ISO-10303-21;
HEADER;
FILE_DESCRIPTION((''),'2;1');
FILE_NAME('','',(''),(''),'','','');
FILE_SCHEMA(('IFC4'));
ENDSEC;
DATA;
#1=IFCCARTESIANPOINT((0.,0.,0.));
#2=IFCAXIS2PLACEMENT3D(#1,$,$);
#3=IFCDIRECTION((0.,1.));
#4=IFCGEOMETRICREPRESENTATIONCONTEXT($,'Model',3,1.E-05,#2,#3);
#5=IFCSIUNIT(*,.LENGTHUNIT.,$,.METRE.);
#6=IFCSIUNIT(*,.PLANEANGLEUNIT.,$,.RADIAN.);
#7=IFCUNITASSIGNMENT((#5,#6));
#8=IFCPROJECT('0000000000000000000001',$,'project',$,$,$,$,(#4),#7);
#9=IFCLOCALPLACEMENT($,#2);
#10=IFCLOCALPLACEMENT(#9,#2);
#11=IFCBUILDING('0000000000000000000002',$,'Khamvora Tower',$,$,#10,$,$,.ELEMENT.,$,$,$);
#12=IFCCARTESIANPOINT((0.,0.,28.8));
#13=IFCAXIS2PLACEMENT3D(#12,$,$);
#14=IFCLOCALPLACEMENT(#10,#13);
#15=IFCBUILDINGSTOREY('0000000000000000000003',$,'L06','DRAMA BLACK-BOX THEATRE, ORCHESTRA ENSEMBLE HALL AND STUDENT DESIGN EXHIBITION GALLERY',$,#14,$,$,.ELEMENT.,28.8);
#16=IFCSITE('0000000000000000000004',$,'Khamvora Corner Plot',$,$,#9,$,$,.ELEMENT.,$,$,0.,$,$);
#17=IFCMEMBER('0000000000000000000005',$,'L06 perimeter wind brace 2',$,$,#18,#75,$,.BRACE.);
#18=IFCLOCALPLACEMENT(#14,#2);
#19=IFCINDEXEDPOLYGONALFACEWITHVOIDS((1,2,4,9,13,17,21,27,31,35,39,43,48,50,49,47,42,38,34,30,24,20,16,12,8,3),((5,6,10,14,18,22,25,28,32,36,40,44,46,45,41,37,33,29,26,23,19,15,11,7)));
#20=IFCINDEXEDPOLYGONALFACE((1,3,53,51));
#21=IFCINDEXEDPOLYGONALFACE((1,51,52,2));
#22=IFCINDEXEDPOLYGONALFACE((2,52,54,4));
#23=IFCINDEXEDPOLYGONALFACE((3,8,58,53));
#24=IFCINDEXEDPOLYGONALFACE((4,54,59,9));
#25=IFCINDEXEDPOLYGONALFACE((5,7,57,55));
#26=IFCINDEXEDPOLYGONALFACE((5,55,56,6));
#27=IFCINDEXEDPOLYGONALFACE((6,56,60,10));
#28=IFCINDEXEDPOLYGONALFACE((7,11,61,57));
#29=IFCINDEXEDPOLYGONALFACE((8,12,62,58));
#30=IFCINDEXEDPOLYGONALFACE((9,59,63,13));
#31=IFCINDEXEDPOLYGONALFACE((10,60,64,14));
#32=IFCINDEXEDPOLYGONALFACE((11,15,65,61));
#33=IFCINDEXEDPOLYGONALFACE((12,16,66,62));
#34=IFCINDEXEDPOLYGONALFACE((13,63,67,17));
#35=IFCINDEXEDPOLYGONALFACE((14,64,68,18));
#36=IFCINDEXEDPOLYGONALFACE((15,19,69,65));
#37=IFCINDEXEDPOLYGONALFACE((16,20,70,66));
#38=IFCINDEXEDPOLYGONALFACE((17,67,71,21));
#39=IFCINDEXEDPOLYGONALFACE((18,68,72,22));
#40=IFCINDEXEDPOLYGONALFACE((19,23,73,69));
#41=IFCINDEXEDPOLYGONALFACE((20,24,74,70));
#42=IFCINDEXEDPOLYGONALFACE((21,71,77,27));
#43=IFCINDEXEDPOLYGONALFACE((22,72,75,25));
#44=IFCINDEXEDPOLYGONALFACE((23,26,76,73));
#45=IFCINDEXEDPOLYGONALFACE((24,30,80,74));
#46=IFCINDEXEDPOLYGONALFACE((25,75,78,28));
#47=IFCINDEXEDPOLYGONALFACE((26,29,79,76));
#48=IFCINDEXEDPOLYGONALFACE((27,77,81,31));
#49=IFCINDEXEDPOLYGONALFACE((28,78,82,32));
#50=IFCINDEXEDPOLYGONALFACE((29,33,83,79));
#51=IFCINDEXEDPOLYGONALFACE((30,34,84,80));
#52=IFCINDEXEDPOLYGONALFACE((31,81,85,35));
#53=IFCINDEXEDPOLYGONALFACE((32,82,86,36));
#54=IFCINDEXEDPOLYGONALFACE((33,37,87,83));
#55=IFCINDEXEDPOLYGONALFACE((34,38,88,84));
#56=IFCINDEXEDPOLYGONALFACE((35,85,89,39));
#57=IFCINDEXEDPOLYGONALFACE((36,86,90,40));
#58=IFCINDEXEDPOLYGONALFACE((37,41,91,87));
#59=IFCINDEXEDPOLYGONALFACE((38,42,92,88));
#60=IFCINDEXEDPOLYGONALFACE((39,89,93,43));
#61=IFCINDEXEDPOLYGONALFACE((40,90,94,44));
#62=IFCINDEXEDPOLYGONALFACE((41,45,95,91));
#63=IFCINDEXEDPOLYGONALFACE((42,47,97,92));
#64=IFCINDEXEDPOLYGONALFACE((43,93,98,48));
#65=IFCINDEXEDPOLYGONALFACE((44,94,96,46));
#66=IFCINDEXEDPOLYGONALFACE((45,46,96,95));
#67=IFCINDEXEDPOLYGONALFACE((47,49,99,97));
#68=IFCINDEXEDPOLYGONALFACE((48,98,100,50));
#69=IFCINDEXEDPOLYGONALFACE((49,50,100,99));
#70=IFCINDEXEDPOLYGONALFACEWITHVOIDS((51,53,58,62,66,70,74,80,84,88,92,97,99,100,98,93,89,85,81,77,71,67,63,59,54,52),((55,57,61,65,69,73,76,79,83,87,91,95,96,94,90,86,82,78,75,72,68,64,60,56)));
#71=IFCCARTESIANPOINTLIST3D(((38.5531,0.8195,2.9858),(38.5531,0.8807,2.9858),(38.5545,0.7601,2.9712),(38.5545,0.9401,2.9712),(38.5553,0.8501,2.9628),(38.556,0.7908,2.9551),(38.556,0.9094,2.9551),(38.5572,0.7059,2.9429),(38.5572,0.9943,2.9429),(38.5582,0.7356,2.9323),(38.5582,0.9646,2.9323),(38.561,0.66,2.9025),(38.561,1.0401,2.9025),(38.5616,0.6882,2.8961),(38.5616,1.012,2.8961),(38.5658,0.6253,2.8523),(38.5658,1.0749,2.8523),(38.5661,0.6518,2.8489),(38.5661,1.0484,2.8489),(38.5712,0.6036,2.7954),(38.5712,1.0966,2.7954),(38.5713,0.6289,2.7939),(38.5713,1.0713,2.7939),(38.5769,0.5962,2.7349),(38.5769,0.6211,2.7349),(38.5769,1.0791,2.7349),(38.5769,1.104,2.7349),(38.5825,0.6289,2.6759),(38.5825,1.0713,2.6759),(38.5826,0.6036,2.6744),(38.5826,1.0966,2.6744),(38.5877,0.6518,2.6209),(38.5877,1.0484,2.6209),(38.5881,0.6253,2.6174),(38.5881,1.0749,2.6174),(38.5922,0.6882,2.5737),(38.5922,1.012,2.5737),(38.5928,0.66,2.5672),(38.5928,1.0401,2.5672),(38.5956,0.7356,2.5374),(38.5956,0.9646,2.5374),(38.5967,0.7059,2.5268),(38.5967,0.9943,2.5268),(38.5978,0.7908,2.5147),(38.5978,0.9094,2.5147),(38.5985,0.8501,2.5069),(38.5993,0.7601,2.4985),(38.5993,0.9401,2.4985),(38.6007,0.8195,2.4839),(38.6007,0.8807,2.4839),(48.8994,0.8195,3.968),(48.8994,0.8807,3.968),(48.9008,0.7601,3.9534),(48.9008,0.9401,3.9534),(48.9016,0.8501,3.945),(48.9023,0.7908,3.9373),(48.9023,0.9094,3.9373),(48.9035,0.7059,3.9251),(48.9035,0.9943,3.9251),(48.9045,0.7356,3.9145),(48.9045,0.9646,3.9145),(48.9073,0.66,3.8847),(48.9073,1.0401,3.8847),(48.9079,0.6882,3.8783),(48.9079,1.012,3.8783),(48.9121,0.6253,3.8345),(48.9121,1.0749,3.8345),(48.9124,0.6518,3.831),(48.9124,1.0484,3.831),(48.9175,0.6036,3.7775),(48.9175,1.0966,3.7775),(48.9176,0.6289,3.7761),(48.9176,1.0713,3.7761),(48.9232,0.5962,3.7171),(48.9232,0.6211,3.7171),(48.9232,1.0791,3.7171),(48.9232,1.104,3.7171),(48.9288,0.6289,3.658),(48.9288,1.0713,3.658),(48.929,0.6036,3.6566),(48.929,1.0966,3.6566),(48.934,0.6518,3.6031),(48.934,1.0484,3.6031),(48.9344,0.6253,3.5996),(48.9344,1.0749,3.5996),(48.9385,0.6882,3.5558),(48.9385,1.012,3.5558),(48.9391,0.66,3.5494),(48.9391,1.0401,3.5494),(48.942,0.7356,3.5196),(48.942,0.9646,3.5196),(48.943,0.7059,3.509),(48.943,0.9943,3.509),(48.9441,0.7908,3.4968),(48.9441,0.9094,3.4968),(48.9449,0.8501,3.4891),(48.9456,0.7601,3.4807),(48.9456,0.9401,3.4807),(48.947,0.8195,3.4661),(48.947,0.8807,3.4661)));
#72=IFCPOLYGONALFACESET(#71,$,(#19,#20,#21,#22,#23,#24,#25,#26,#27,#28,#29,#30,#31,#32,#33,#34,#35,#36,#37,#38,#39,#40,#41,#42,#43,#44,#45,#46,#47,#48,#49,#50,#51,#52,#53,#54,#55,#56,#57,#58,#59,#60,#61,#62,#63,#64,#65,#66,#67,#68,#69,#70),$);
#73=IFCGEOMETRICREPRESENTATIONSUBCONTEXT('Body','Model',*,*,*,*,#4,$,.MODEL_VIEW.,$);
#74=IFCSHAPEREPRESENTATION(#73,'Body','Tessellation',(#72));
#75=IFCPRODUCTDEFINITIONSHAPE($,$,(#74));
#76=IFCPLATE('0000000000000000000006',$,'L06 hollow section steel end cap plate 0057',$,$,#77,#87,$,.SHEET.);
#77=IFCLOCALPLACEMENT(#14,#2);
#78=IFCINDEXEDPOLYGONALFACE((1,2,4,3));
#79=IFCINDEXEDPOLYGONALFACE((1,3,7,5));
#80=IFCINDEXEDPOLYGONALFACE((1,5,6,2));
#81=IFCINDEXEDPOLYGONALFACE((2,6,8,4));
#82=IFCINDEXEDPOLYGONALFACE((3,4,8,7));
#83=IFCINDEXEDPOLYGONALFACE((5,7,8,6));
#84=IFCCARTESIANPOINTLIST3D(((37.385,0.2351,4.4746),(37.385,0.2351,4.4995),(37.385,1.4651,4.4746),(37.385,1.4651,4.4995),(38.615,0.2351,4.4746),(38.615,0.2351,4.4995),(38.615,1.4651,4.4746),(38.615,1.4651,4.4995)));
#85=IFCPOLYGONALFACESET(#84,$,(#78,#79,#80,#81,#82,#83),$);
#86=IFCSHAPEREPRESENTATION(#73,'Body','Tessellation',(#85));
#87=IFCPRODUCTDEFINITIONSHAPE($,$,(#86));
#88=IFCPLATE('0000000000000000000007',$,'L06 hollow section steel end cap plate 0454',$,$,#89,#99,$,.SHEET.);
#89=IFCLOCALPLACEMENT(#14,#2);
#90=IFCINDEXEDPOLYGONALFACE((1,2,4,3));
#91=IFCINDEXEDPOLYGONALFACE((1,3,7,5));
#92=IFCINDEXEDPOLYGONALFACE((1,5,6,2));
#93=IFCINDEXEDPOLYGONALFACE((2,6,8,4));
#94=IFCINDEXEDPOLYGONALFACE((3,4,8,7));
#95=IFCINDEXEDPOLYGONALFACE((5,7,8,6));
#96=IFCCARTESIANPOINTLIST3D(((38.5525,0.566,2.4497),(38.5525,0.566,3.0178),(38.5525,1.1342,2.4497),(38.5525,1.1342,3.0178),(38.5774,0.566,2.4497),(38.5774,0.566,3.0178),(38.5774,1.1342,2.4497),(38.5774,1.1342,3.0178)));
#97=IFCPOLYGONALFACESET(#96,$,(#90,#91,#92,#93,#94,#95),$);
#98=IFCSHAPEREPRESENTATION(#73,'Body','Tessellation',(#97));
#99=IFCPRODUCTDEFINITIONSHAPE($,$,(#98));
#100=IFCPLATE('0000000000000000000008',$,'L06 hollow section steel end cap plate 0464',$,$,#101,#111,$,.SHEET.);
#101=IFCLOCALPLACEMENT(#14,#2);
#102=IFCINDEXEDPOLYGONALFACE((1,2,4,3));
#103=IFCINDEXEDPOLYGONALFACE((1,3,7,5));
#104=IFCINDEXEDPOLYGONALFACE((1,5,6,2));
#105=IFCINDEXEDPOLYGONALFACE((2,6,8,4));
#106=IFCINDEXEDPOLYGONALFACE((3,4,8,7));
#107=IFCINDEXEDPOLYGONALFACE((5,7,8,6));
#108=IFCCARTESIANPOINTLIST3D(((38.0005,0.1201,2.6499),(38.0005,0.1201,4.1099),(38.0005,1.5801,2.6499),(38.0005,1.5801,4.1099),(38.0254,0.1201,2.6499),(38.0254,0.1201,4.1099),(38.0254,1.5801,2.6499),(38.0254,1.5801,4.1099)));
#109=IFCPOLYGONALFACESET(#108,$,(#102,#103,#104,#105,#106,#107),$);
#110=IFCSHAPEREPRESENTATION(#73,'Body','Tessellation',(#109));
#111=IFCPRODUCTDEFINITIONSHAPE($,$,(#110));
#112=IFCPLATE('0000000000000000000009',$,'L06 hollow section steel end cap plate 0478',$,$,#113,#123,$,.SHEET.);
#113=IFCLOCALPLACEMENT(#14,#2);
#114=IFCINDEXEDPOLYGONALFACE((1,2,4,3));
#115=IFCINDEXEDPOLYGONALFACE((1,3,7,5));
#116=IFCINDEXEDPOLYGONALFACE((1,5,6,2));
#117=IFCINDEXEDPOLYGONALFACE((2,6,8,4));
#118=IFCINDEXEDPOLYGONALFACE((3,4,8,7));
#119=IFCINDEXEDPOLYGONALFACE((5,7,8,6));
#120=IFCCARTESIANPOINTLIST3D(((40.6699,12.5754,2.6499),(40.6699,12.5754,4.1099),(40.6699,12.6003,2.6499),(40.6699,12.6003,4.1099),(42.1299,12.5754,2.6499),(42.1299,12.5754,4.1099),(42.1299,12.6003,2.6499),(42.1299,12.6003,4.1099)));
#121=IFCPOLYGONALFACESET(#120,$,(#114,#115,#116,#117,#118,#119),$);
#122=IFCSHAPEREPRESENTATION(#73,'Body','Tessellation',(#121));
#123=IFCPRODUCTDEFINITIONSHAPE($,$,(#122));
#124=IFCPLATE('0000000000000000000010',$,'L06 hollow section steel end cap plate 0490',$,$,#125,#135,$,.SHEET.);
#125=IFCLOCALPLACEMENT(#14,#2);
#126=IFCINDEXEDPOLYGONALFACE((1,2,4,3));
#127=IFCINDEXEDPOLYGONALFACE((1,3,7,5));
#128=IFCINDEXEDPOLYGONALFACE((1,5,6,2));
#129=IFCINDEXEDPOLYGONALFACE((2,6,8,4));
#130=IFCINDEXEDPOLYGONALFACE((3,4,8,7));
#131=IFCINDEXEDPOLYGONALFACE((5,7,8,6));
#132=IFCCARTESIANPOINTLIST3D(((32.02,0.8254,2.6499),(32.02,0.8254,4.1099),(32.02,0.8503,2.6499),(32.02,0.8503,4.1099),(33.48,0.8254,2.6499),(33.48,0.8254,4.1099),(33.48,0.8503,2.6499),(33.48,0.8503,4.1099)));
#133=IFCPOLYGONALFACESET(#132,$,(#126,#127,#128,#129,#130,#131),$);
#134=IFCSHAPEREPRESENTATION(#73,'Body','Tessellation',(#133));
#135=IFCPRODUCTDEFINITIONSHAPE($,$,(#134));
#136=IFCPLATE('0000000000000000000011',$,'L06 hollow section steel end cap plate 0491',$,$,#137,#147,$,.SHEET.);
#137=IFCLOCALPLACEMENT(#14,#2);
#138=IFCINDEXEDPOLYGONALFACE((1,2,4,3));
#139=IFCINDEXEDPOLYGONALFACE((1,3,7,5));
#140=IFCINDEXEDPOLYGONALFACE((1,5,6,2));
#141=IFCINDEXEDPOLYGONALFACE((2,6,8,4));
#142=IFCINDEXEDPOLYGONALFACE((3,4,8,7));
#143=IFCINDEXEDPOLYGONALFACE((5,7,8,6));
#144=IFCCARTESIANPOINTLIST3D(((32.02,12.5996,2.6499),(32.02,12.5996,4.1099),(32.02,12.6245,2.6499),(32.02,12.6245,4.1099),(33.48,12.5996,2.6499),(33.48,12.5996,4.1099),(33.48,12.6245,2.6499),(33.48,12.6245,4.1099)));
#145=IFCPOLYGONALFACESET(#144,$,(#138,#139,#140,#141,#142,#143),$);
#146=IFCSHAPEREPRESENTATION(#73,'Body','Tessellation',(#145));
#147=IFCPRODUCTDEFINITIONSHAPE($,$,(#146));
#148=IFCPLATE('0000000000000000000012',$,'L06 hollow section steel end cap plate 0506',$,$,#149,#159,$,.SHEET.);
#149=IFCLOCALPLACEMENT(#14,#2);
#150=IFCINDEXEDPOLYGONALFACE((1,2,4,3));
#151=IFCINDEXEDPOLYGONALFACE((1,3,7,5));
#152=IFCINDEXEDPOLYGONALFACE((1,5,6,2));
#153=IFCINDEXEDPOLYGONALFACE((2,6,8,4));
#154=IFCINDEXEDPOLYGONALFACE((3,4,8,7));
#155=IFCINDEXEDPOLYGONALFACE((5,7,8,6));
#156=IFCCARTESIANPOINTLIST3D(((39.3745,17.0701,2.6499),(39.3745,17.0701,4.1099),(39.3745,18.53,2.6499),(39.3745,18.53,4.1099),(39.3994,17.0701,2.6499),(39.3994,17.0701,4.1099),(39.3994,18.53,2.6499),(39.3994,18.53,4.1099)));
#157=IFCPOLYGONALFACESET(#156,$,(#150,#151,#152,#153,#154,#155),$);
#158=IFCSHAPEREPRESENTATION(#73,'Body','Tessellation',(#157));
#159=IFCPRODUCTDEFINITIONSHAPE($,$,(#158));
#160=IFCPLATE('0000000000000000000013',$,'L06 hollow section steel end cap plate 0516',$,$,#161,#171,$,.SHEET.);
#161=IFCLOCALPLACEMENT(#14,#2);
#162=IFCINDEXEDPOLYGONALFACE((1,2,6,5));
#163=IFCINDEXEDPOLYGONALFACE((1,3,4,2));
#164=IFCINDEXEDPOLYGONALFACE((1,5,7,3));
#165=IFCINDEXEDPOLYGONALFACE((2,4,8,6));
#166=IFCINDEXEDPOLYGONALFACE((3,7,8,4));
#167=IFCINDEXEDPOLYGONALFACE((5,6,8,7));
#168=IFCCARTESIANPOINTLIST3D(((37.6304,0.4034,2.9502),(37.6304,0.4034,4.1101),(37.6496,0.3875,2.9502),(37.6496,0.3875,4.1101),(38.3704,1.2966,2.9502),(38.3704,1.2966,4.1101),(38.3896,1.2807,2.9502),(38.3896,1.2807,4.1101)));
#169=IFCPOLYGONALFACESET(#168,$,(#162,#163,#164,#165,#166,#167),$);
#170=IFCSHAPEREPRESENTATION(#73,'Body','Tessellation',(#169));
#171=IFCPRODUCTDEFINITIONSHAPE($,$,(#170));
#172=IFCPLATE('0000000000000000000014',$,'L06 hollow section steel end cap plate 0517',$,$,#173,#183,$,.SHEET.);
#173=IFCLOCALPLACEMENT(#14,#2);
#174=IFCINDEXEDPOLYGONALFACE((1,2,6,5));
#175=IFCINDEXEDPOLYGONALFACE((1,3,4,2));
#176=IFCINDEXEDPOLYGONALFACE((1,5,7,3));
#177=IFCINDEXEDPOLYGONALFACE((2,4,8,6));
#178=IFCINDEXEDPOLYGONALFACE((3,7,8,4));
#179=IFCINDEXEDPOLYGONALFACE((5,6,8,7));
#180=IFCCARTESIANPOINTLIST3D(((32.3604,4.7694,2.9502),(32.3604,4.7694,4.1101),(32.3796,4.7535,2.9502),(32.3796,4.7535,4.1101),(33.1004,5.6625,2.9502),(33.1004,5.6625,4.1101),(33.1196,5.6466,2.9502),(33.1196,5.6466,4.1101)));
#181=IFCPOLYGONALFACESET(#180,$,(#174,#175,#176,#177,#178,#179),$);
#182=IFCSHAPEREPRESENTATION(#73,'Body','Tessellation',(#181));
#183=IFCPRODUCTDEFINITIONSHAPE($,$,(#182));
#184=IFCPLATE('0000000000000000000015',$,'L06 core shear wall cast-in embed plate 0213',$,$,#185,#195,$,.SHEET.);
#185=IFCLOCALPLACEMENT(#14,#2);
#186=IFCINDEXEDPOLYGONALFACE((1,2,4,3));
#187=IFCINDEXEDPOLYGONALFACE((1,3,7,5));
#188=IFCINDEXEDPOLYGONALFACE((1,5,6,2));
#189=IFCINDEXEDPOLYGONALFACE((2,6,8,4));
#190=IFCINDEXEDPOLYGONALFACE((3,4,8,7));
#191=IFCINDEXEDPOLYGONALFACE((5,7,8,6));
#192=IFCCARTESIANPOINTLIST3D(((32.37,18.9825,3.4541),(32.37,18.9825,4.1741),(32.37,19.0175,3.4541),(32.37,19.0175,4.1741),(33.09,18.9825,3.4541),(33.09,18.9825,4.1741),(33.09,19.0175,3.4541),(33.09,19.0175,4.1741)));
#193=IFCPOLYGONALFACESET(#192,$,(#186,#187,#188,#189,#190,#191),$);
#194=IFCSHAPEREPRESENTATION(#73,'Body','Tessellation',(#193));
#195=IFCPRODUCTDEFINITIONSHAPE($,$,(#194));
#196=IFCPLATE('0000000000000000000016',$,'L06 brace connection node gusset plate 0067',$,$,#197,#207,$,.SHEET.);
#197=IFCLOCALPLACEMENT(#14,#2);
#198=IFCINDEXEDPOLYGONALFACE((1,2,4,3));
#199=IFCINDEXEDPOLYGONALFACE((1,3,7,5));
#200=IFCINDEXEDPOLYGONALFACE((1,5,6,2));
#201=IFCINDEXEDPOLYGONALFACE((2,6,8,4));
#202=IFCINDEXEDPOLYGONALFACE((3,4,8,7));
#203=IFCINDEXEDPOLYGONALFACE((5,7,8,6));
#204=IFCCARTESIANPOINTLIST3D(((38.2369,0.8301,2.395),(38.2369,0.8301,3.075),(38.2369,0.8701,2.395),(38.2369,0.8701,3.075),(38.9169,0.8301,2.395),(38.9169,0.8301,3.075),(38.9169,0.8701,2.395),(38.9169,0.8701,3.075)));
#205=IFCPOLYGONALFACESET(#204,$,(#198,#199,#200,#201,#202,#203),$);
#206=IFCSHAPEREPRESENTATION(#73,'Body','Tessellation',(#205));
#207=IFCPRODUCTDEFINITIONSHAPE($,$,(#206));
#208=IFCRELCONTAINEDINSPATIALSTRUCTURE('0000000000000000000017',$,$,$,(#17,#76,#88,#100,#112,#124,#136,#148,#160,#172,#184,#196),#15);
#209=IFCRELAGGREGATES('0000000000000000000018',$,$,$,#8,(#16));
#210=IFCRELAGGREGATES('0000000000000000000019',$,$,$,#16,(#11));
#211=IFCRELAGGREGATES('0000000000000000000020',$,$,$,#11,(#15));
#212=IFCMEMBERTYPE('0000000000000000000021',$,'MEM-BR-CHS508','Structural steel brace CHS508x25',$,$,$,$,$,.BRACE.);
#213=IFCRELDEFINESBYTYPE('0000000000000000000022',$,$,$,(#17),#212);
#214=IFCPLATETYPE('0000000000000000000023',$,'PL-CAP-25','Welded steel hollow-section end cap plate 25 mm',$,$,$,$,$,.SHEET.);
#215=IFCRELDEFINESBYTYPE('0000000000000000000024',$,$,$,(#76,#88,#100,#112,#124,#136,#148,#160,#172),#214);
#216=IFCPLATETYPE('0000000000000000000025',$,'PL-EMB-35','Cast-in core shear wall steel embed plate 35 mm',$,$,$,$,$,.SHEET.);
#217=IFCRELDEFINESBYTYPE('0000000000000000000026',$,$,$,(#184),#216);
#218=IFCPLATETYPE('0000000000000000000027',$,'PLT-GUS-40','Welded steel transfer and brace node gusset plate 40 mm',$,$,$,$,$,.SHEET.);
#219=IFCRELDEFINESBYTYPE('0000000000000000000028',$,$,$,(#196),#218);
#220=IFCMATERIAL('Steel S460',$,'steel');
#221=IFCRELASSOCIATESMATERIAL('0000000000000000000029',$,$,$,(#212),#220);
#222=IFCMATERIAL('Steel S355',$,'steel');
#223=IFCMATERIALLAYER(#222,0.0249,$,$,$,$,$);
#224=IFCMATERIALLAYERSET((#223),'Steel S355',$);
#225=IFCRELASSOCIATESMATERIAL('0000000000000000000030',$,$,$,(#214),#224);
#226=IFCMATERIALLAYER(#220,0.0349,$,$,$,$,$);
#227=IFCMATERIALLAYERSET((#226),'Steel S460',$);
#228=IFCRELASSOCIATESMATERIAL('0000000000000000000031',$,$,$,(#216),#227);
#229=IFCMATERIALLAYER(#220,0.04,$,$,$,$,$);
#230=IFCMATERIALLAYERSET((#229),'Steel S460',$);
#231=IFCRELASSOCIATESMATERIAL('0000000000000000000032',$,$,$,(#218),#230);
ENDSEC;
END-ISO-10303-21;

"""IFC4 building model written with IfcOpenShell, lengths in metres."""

from ifc_helpers import new_model, si_unit, direction, frame, origin, origin_2d, place, context, subcontext, project, spatial, rectangle, hollow_circle, extrude, material, layer, layer_set, material_profile, profile_set, type_object, element, save


model = new_model("IFC4")

# Units and contexts
model_context = context("Model", 3, precision=1e-05, world=origin(), true_north=direction((0.0, 1.0)))
body_context = subcontext(model_context, "Body", "Model", "MODEL_VIEW")
ifc_project = project(units=[si_unit("LENGTHUNIT", "METRE"), si_unit("PLANEANGLEUNIT", "RADIAN")], contexts=[model_context])

# Site, building, storey
site_placement = place(None, origin())
site = spatial("IfcSite", under=ifc_project, at=site_placement, Name="Khamvora Corner Plot", CompositionType="ELEMENT", RefElevation=0.0)
building_placement = place(site_placement, origin())
building = spatial("IfcBuilding", under=site, at=building_placement, Name="Khamvora Tower", CompositionType="ELEMENT")
storey_placement = place(building_placement, frame((0.0, 0.0, 28.8)))
storey = spatial("IfcBuildingStorey", under=building, at=storey_placement, Name="L06", Description="DRAMA BLACK-BOX THEATRE, ORCHESTRA ENSEMBLE HALL AND STUDENT DESIGN EXHIBITION GALLERY", CompositionType="ELEMENT", Elevation=28.8)

# Shared definitions
ifc_material_1 = material(Name="Steel S460", Category="steel")

# Shared definitions
ifc_material_2 = material(Name="Steel S355", Category="steel")

# Member
ifc_material_profile_1 = material_profile(ifc_material_1, hollow_circle(Radius=0.2539, WallThickness=0.0249, at=origin_2d()), Name="CHS508x25")
ifc_profile_set_1 = profile_set([ifc_material_profile_1], Name="Steel S460")
member_type = type_object("IfcMemberType", Name="MEM-BR-CHS508", Description="Structural steel brace CHS508x25", PredefinedType="BRACE", material=ifc_profile_set_1)
member_placement = place(storey_placement, frame((38.5769, 0.8501, 2.7349), z_axis=(0.995524, 0.0, 0.094506), x_axis=(0.0, 1.0, 0.0)))
element("IfcMember", 1, at=member_placement, inside=storey, type_object=member_type, Name="L06 perimeter wind brace 2", PredefinedType="BRACE", context=body_context, shape_type="SweptSolid", body=[
    extrude(hollow_circle(Radius=0.2539, WallThickness=0.0249, at=origin_2d()), origin(), (0.0, 0.0, 1.0), 10.3928),
])

# Plates
ifc_layer_1 = layer(ifc_material_2, 0.0249)
ifc_layer_set_1 = layer_set([ifc_layer_1], Name="Steel S355")
plate_type_1 = type_object("IfcPlateType", Name="PL-CAP-25", Description="Welded steel hollow-section end cap plate 25 mm", PredefinedType="SHEET", material=ifc_layer_set_1)
plate_1_placement = place(storey_placement, frame((38.0, 0.8501, 4.4746), z_axis=(0.0, 0.0, 1.0), x_axis=(1.0, 0.0, 0.0)))
element("IfcPlate", 2, at=plate_1_placement, inside=storey, type_object=plate_type_1, Name="L06 hollow section steel end cap plate 0057", PredefinedType="SHEET", context=body_context, shape_type="SweptSolid", body=[
    extrude(rectangle(XDim=1.23, YDim=1.23, at=origin_2d()), origin(), (0.0, 0.0, 1.0), 0.0249),
])
plate_2_placement = place(storey_placement, frame((38.5649, 0.8501, 2.4497), z_axis=(0.0, 0.0, 1.0), x_axis=(1.0, 0.0, 0.0)))
element("IfcPlate", 3, at=plate_2_placement, inside=storey, type_object=plate_type_1, Name="L06 hollow section steel end cap plate 0454", PredefinedType="SHEET", context=body_context, shape_type="SweptSolid", body=[
    extrude(rectangle(XDim=0.0249, YDim=0.5681, at=origin_2d()), origin(), (0.0, 0.0, 1.0), 0.5681),
])
for number, where, z_axis, x_axis, name in (
    (4, (38.0129, 0.8501, 2.6499), (0.0, 0.0, 1.0), (1.0, 0.0, 0.0), "L06 hollow section steel end cap plate 0464"),
    (5, (41.3999, 12.5879, 2.6499), (0.0, 0.0, 1.0), (0.0, 1.0, 0.0), "L06 hollow section steel end cap plate 0478"),
    (6, (32.75, 0.8379, 2.6499), (0.0, 0.0, 1.0), (0.0, 1.0, 0.0), "L06 hollow section steel end cap plate 0490"),
    (7, (32.75, 12.6121, 2.6499), (0.0, 0.0, 1.0), (0.0, 1.0, 0.0), "L06 hollow section steel end cap plate 0491"),
    (8, (39.387, 17.8, 2.6499), (0.0, 0.0, 1.0), (1.0, 0.0, 0.0), "L06 hollow section steel end cap plate 0506"),
):
    element("IfcPlate", number, at=place(storey_placement, frame(where, z_axis=z_axis, x_axis=x_axis)), inside=storey, type_object=plate_type_1, Name=name, PredefinedType="SHEET", context=body_context, shape_type="SweptSolid", body=[
        extrude(rectangle(XDim=0.0249, YDim=1.46, at=origin_2d()), origin(), (0.0, 0.0, 1.0), 1.46),
    ])
for number, where, z_axis, x_axis, name in (
    (9, (38.01, 0.842, 2.9502), (0.0, 0.0, 1.0), (-0.770024, 0.638016, 0.0), "L06 hollow section steel end cap plate 0516"),
    (10, (32.74, 5.208, 2.9502), (0.0, 0.0, 1.0), (-0.770024, 0.638016, 0.0), "L06 hollow section steel end cap plate 0517"),
):
    element("IfcPlate", number, at=place(storey_placement, frame(where, z_axis=z_axis, x_axis=x_axis)), inside=storey, type_object=plate_type_1, Name=name, PredefinedType="SHEET", context=body_context, shape_type="SweptSolid", body=[
        extrude(rectangle(XDim=0.0249, YDim=1.1599, at=origin_2d()), origin(), (0.0, 0.0, 1.0), 1.1599),
    ])
ifc_layer_2 = layer(ifc_material_1, 0.0349)
ifc_layer_set_2 = layer_set([ifc_layer_2], Name="Steel S460")
plate_type_2 = type_object("IfcPlateType", Name="PL-EMB-35", Description="Cast-in core shear wall steel embed plate 35 mm", PredefinedType="SHEET", material=ifc_layer_set_2)
plate_3_placement = place(storey_placement, frame((32.73, 19.0, 3.4541), z_axis=(0.0, 0.0, 1.0), x_axis=(1.0, 0.0, 0.0)))
element("IfcPlate", 11, at=plate_3_placement, inside=storey, type_object=plate_type_2, Name="L06 core shear wall cast-in embed plate 0213", PredefinedType="SHEET", context=body_context, shape_type="SweptSolid", body=[
    extrude(rectangle(XDim=0.72, YDim=0.0349, at=origin_2d()), origin(), (0.0, 0.0, 1.0), 0.72),
])
ifc_layer_3 = layer(ifc_material_1, 0.04)
ifc_layer_set_3 = layer_set([ifc_layer_3], Name="Steel S460")
plate_type_3 = type_object("IfcPlateType", Name="PLT-GUS-40", Description="Welded steel transfer and brace node gusset plate 40 mm", PredefinedType="SHEET", material=ifc_layer_set_3)
plate_4_placement = place(storey_placement, frame((38.5769, 0.8501, 2.395), z_axis=(0.0, 0.0, 1.0), x_axis=(1.0, 0.0, 0.0)))
element("IfcPlate", 12, at=plate_4_placement, inside=storey, type_object=plate_type_3, Name="L06 brace connection node gusset plate 0067", PredefinedType="SHEET", context=body_context, shape_type="SweptSolid", body=[
    extrude(rectangle(XDim=0.6799, YDim=0.04, at=origin_2d()), origin(), (0.0, 0.0, 1.0), 0.6799),
])

save(model, "model.ifc")
